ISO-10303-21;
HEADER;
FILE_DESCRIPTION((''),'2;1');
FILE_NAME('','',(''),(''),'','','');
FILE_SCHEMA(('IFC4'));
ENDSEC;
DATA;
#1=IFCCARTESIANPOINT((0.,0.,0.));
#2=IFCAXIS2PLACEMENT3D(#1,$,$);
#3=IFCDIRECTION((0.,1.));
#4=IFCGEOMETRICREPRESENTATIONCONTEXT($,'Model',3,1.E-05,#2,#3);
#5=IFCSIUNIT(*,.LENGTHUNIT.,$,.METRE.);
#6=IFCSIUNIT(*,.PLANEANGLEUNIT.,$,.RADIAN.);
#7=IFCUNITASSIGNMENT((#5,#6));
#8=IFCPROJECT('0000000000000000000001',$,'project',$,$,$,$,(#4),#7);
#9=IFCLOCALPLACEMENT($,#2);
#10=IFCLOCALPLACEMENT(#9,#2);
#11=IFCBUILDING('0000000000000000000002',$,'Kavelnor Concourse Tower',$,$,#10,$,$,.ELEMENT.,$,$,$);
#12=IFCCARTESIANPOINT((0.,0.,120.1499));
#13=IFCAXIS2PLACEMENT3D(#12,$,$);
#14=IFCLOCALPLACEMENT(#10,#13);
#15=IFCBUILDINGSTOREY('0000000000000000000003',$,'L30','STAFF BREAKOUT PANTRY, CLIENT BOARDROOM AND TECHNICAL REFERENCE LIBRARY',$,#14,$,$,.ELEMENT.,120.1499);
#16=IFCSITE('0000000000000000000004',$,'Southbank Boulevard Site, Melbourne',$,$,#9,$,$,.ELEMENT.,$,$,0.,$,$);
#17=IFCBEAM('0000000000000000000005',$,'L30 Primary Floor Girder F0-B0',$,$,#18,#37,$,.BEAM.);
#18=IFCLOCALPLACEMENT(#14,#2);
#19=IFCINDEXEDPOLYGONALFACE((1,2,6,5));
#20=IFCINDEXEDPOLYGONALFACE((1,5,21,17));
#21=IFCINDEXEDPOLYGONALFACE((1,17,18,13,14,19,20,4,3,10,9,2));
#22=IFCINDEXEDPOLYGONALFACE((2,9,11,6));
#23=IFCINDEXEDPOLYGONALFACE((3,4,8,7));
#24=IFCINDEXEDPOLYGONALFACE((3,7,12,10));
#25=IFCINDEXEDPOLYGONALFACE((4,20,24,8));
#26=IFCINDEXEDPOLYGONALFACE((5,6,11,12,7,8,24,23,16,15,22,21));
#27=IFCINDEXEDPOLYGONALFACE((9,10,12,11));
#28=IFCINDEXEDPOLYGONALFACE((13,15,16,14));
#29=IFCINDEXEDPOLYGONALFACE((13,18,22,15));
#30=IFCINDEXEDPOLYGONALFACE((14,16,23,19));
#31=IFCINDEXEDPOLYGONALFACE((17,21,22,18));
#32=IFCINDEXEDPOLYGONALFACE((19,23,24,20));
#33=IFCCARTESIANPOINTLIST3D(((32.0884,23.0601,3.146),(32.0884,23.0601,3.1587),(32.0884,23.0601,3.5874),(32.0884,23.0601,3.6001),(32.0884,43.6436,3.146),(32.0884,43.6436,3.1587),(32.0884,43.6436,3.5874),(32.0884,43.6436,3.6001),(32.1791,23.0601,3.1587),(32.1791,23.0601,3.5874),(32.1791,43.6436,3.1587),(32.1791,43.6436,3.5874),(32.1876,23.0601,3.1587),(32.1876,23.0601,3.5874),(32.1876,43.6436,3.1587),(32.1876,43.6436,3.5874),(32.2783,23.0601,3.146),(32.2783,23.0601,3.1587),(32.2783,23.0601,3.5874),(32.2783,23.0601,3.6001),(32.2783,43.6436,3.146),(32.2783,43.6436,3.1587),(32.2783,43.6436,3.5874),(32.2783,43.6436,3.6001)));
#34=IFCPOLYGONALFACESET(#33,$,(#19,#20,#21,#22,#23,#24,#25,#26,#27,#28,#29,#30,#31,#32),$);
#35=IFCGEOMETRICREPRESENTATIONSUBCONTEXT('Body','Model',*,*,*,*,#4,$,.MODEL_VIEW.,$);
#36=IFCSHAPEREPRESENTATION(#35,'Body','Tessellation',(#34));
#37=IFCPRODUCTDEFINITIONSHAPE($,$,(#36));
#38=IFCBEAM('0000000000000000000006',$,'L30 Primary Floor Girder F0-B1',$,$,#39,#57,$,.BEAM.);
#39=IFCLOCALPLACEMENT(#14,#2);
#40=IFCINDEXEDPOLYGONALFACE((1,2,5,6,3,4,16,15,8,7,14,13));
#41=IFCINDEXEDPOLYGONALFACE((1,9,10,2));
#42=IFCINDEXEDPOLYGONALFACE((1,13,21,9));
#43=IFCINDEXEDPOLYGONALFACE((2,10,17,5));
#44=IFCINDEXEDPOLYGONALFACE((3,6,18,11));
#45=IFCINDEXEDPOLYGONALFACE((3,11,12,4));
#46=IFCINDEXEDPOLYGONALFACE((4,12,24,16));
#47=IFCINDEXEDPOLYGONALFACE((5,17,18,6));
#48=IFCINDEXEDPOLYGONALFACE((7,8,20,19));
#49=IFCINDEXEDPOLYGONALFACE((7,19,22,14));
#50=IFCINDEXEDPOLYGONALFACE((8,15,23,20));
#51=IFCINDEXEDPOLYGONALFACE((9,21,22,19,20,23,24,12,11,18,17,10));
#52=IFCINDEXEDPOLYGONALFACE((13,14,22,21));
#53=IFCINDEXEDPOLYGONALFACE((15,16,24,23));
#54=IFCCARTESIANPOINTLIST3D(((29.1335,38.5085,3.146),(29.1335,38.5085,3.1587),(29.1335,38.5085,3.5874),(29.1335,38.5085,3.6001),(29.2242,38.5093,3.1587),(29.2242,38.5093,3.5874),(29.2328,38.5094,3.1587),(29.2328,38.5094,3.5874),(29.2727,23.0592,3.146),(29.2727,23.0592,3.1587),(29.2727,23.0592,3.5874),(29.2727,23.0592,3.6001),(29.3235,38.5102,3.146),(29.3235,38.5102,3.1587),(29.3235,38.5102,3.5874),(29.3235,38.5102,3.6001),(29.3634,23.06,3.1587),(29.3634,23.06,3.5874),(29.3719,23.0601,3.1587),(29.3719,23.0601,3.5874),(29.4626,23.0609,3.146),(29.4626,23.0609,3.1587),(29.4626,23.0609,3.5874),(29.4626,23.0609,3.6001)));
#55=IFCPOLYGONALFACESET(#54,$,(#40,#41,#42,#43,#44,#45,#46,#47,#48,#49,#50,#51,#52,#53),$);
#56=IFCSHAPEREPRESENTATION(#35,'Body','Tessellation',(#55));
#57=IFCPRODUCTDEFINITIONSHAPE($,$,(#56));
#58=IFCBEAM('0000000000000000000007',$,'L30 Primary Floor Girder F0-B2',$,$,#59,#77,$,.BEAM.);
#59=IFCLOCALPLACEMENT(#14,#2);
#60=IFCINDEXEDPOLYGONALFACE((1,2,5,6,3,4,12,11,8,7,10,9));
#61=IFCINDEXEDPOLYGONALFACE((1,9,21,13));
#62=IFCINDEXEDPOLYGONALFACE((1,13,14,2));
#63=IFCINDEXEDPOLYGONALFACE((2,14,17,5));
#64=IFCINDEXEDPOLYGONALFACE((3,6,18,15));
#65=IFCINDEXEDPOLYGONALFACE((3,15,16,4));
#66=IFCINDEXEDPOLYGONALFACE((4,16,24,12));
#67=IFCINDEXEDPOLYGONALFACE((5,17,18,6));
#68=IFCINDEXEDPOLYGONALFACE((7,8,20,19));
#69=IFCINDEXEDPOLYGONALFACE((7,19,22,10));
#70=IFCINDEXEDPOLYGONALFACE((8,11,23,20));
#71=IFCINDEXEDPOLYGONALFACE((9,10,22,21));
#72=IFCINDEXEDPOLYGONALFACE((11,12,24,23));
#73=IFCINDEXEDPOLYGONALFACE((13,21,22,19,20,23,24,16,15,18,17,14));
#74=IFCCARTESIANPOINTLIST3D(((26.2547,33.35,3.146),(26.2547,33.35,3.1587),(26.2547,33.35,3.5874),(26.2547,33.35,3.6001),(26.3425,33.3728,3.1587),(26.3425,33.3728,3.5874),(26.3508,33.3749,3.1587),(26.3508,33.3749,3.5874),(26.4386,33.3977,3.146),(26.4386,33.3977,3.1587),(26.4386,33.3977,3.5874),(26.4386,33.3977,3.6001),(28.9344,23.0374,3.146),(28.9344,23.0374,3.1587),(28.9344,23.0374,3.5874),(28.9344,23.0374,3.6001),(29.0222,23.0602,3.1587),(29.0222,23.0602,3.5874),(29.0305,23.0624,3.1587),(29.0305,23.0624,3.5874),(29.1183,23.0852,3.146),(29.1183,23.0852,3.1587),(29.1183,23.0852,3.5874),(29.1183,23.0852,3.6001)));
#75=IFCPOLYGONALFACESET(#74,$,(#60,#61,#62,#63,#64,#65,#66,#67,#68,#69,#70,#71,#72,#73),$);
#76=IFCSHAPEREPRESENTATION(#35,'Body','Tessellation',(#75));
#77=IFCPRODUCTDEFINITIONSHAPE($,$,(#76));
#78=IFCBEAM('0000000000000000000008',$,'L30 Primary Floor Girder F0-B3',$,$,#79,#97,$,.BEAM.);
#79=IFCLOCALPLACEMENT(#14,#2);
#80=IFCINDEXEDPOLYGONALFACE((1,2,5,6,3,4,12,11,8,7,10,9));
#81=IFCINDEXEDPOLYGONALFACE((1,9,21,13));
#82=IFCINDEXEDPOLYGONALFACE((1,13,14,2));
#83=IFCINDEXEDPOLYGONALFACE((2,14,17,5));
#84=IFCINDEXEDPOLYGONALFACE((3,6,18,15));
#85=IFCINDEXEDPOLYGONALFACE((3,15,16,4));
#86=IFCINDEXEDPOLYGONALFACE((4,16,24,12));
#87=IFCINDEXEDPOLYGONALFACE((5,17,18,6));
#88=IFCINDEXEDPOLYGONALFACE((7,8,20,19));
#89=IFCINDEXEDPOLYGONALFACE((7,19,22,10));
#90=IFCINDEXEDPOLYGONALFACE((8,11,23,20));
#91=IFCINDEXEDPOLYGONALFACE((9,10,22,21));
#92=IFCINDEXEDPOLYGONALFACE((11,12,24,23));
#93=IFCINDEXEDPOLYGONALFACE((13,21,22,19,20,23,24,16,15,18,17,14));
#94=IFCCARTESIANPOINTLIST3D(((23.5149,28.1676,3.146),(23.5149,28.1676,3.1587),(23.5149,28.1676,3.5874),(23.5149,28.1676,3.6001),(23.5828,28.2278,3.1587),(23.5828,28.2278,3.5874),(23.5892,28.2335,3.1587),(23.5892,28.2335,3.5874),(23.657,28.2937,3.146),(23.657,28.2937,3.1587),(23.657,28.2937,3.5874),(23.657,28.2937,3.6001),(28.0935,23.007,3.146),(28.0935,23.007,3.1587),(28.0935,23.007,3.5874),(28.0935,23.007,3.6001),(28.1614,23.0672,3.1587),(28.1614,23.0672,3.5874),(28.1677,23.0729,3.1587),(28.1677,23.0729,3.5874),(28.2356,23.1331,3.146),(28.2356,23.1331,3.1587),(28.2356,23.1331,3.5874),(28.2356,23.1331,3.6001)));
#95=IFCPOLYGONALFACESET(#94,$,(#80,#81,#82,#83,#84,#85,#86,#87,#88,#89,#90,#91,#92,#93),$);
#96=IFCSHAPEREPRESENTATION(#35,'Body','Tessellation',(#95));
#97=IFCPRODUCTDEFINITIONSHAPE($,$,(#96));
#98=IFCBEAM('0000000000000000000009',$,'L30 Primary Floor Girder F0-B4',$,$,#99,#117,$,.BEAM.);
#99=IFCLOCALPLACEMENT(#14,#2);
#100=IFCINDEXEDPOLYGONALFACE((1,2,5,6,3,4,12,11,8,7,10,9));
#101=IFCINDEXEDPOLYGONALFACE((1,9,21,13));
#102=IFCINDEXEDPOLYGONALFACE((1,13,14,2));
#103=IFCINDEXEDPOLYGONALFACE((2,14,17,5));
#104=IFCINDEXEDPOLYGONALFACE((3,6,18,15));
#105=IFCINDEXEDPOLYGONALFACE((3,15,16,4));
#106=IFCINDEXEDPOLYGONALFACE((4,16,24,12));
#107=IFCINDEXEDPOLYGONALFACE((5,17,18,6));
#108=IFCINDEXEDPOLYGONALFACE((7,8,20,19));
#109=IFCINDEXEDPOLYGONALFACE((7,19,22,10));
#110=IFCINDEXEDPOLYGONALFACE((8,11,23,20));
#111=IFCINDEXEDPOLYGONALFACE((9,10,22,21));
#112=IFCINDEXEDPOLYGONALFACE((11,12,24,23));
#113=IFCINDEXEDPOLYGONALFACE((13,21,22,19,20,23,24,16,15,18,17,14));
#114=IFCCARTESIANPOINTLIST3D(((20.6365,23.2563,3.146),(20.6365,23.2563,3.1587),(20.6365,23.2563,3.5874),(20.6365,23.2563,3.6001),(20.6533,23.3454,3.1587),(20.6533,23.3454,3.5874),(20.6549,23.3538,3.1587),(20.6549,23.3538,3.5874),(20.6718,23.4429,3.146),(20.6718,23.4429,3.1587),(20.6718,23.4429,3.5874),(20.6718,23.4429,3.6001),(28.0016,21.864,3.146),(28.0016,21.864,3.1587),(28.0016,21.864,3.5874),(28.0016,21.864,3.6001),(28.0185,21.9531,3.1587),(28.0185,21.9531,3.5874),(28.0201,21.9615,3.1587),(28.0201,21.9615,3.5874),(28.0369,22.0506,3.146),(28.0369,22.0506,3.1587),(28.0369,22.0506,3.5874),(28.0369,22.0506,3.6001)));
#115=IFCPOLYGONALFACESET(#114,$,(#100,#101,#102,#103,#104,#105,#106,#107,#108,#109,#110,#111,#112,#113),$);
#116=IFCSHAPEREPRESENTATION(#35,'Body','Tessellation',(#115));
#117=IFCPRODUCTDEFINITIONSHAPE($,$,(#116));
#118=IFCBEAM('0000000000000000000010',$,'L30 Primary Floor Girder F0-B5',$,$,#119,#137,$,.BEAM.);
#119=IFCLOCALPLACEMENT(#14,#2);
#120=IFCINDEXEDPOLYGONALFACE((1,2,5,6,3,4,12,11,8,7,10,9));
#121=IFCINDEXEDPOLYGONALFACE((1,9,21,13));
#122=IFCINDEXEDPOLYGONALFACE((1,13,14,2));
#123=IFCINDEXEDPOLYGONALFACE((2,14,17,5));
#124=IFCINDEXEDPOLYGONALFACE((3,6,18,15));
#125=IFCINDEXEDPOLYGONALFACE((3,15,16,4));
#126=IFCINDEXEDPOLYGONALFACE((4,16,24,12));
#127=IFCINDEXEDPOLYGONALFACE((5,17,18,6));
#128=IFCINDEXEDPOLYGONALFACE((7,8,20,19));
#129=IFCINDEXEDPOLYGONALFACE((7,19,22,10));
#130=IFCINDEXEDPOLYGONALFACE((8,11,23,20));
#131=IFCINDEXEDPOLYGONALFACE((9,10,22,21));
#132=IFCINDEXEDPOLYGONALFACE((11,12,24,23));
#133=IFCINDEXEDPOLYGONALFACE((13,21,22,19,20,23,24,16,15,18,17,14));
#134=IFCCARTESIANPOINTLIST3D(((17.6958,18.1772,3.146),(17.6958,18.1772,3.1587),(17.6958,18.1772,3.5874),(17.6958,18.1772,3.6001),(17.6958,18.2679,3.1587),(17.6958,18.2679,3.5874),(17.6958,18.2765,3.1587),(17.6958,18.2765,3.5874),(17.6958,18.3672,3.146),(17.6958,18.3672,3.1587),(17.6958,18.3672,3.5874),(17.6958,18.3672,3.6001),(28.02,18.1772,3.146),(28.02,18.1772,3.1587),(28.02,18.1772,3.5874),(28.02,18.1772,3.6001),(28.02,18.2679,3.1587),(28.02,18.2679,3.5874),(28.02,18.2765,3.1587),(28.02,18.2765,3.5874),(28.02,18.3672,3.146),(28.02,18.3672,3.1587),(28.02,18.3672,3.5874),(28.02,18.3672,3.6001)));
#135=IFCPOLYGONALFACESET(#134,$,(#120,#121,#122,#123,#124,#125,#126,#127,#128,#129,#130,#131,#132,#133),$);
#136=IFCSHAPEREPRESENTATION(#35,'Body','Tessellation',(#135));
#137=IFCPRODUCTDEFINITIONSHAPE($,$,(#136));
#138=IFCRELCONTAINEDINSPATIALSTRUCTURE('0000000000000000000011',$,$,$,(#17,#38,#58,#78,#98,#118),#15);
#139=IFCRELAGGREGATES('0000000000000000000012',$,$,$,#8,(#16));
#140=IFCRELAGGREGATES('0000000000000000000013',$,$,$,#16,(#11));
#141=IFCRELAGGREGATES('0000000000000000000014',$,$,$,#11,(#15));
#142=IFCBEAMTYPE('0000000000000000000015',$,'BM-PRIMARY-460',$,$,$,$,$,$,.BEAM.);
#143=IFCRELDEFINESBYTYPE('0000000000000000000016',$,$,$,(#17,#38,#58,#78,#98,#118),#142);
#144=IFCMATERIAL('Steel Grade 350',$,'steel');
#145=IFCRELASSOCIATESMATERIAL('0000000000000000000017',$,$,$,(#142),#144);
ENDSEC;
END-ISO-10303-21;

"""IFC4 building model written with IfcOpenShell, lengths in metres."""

from ifc_helpers import new_model, si_unit, direction, frame, origin, origin_2d, place, context, subcontext, project, spatial, i_section, extrude, material, material_profile, profile_set, type_object, element, save


model = new_model("IFC4")

# Units and contexts
model_context = context("Model", 3, precision=1e-05, world=origin(), true_north=direction((0.0, 1.0)))
body_context = subcontext(model_context, "Body", "Model", "MODEL_VIEW")
ifc_project = project(units=[si_unit("LENGTHUNIT", "METRE"), si_unit("PLANEANGLEUNIT", "RADIAN")], contexts=[model_context])

# Site, building, storey
site_placement = place(None, origin())
site = spatial("IfcSite", under=ifc_project, at=site_placement, Name="Southbank Boulevard Site, Melbourne", CompositionType="ELEMENT", RefElevation=0.0)
building_placement = place(site_placement, origin())
building = spatial("IfcBuilding", under=site, at=building_placement, Name="Kavelnor Concourse Tower", CompositionType="ELEMENT")
storey_placement = place(building_placement, frame((0.0, 0.0, 120.1499)))
storey = spatial("IfcBuildingStorey", under=building, at=storey_placement, Name="L30", Description="STAFF BREAKOUT PANTRY, CLIENT BOARDROOM AND TECHNICAL REFERENCE LIBRARY", CompositionType="ELEMENT", Elevation=120.1499)

# Beams
ifc_material_1 = material(Name="Steel Grade 350", Category="steel")
ifc_material_profile = material_profile(ifc_material_1, i_section(OverallWidth=0.1899, OverallDepth=0.4541, WebThickness=0.0085, FlangeThickness=0.0127, at=origin_2d()), Name="460UB67")
ifc_profile_set = profile_set([ifc_material_profile], Name="Steel Grade 350")
beam_type = type_object("IfcBeamType", Name="BM-PRIMARY-460", PredefinedType="BEAM", material=ifc_profile_set)
beam_1_placement = place(storey_placement, frame((32.1833, 23.0601, 3.373), z_axis=(0.0, 1.0, 0.0), x_axis=(-1.0, 0.0, 0.0)))
element("IfcBeam", 1, at=beam_1_placement, inside=storey, type_object=beam_type, Name="L30 Primary Floor Girder F0-B0", PredefinedType="BEAM", context=body_context, shape_type="SweptSolid", body=[
    extrude(i_section(OverallWidth=0.1899, OverallDepth=0.4541, WebThickness=0.0085, FlangeThickness=0.0127, at=origin_2d()), origin(), (0.0, 0.0, 1.0), 20.5835),
])
beam_2_placement = place(storey_placement, frame((29.3677, 23.0601, 3.373), z_axis=(-0.009007, 0.999959, 0.0), x_axis=(-0.999959, -0.009007, 0.0)))
element("IfcBeam", 2, at=beam_2_placement, inside=storey, type_object=beam_type, Name="L30 Primary Floor Girder F0-B1", PredefinedType="BEAM", context=body_context, shape_type="SweptSolid", body=[
    extrude(i_section(OverallWidth=0.1899, OverallDepth=0.4541, WebThickness=0.0085, FlangeThickness=0.0127, at=origin_2d()), origin(), (0.0, 0.0, 1.0), 15.45),
])
beam_3_placement = place(storey_placement, frame((29.0264, 23.0613, 3.373), z_axis=(-0.251496, 0.967858, 0.0), x_axis=(-0.967858, -0.251496, 0.0)))
element("IfcBeam", 3, at=beam_3_placement, inside=storey, type_object=beam_type, Name="L30 Primary Floor Girder F0-B2", PredefinedType="BEAM", context=body_context, shape_type="SweptSolid", body=[
    extrude(i_section(OverallWidth=0.1899, OverallDepth=0.4541, WebThickness=0.0085, FlangeThickness=0.0127, at=origin_2d()), origin(), (0.0, 0.0, 1.0), 10.655),
])
beam_4_placement = place(storey_placement, frame((28.1646, 23.0701, 3.373), z_axis=(-0.663665, 0.74803, 0.0), x_axis=(-0.74803, -0.663665, 0.0)))
element("IfcBeam", 4, at=beam_4_placement, inside=storey, type_object=beam_type, Name="L30 Primary Floor Girder F0-B3", PredefinedType="BEAM", context=body_context, shape_type="SweptSolid", body=[
    extrude(i_section(OverallWidth=0.1899, OverallDepth=0.4541, WebThickness=0.0085, FlangeThickness=0.0127, at=origin_2d()), origin(), (0.0, 0.0, 1.0), 6.8989),
])
beam_5_placement = place(storey_placement, frame((28.0193, 21.9573, 3.373), z_axis=(-0.982597, 0.185751, 0.0), x_axis=(-0.185751, -0.982597, 0.0)))
element("IfcBeam", 5, at=beam_5_placement, inside=storey, type_object=beam_type, Name="L30 Primary Floor Girder F0-B4", PredefinedType="BEAM", context=body_context, shape_type="SweptSolid", body=[
    extrude(i_section(OverallWidth=0.1899, OverallDepth=0.4541, WebThickness=0.0085, FlangeThickness=0.0127, at=origin_2d()), origin(), (0.0, 0.0, 1.0), 7.4956),
])
beam_6_placement = place(storey_placement, frame((28.02, 18.2722, 3.373), z_axis=(-1.0, 0.0, 0.0), x_axis=(0.0, -1.0, 0.0)))
element("IfcBeam", 6, at=beam_6_placement, inside=storey, type_object=beam_type, Name="L30 Primary Floor Girder F0-B5", PredefinedType="BEAM", context=body_context, shape_type="SweptSolid", body=[
    extrude(i_section(OverallWidth=0.1899, OverallDepth=0.4541, WebThickness=0.0085, FlangeThickness=0.0127, at=origin_2d()), origin(), (0.0, 0.0, 1.0), 10.3242),
])

save(model, "model.ifc")
